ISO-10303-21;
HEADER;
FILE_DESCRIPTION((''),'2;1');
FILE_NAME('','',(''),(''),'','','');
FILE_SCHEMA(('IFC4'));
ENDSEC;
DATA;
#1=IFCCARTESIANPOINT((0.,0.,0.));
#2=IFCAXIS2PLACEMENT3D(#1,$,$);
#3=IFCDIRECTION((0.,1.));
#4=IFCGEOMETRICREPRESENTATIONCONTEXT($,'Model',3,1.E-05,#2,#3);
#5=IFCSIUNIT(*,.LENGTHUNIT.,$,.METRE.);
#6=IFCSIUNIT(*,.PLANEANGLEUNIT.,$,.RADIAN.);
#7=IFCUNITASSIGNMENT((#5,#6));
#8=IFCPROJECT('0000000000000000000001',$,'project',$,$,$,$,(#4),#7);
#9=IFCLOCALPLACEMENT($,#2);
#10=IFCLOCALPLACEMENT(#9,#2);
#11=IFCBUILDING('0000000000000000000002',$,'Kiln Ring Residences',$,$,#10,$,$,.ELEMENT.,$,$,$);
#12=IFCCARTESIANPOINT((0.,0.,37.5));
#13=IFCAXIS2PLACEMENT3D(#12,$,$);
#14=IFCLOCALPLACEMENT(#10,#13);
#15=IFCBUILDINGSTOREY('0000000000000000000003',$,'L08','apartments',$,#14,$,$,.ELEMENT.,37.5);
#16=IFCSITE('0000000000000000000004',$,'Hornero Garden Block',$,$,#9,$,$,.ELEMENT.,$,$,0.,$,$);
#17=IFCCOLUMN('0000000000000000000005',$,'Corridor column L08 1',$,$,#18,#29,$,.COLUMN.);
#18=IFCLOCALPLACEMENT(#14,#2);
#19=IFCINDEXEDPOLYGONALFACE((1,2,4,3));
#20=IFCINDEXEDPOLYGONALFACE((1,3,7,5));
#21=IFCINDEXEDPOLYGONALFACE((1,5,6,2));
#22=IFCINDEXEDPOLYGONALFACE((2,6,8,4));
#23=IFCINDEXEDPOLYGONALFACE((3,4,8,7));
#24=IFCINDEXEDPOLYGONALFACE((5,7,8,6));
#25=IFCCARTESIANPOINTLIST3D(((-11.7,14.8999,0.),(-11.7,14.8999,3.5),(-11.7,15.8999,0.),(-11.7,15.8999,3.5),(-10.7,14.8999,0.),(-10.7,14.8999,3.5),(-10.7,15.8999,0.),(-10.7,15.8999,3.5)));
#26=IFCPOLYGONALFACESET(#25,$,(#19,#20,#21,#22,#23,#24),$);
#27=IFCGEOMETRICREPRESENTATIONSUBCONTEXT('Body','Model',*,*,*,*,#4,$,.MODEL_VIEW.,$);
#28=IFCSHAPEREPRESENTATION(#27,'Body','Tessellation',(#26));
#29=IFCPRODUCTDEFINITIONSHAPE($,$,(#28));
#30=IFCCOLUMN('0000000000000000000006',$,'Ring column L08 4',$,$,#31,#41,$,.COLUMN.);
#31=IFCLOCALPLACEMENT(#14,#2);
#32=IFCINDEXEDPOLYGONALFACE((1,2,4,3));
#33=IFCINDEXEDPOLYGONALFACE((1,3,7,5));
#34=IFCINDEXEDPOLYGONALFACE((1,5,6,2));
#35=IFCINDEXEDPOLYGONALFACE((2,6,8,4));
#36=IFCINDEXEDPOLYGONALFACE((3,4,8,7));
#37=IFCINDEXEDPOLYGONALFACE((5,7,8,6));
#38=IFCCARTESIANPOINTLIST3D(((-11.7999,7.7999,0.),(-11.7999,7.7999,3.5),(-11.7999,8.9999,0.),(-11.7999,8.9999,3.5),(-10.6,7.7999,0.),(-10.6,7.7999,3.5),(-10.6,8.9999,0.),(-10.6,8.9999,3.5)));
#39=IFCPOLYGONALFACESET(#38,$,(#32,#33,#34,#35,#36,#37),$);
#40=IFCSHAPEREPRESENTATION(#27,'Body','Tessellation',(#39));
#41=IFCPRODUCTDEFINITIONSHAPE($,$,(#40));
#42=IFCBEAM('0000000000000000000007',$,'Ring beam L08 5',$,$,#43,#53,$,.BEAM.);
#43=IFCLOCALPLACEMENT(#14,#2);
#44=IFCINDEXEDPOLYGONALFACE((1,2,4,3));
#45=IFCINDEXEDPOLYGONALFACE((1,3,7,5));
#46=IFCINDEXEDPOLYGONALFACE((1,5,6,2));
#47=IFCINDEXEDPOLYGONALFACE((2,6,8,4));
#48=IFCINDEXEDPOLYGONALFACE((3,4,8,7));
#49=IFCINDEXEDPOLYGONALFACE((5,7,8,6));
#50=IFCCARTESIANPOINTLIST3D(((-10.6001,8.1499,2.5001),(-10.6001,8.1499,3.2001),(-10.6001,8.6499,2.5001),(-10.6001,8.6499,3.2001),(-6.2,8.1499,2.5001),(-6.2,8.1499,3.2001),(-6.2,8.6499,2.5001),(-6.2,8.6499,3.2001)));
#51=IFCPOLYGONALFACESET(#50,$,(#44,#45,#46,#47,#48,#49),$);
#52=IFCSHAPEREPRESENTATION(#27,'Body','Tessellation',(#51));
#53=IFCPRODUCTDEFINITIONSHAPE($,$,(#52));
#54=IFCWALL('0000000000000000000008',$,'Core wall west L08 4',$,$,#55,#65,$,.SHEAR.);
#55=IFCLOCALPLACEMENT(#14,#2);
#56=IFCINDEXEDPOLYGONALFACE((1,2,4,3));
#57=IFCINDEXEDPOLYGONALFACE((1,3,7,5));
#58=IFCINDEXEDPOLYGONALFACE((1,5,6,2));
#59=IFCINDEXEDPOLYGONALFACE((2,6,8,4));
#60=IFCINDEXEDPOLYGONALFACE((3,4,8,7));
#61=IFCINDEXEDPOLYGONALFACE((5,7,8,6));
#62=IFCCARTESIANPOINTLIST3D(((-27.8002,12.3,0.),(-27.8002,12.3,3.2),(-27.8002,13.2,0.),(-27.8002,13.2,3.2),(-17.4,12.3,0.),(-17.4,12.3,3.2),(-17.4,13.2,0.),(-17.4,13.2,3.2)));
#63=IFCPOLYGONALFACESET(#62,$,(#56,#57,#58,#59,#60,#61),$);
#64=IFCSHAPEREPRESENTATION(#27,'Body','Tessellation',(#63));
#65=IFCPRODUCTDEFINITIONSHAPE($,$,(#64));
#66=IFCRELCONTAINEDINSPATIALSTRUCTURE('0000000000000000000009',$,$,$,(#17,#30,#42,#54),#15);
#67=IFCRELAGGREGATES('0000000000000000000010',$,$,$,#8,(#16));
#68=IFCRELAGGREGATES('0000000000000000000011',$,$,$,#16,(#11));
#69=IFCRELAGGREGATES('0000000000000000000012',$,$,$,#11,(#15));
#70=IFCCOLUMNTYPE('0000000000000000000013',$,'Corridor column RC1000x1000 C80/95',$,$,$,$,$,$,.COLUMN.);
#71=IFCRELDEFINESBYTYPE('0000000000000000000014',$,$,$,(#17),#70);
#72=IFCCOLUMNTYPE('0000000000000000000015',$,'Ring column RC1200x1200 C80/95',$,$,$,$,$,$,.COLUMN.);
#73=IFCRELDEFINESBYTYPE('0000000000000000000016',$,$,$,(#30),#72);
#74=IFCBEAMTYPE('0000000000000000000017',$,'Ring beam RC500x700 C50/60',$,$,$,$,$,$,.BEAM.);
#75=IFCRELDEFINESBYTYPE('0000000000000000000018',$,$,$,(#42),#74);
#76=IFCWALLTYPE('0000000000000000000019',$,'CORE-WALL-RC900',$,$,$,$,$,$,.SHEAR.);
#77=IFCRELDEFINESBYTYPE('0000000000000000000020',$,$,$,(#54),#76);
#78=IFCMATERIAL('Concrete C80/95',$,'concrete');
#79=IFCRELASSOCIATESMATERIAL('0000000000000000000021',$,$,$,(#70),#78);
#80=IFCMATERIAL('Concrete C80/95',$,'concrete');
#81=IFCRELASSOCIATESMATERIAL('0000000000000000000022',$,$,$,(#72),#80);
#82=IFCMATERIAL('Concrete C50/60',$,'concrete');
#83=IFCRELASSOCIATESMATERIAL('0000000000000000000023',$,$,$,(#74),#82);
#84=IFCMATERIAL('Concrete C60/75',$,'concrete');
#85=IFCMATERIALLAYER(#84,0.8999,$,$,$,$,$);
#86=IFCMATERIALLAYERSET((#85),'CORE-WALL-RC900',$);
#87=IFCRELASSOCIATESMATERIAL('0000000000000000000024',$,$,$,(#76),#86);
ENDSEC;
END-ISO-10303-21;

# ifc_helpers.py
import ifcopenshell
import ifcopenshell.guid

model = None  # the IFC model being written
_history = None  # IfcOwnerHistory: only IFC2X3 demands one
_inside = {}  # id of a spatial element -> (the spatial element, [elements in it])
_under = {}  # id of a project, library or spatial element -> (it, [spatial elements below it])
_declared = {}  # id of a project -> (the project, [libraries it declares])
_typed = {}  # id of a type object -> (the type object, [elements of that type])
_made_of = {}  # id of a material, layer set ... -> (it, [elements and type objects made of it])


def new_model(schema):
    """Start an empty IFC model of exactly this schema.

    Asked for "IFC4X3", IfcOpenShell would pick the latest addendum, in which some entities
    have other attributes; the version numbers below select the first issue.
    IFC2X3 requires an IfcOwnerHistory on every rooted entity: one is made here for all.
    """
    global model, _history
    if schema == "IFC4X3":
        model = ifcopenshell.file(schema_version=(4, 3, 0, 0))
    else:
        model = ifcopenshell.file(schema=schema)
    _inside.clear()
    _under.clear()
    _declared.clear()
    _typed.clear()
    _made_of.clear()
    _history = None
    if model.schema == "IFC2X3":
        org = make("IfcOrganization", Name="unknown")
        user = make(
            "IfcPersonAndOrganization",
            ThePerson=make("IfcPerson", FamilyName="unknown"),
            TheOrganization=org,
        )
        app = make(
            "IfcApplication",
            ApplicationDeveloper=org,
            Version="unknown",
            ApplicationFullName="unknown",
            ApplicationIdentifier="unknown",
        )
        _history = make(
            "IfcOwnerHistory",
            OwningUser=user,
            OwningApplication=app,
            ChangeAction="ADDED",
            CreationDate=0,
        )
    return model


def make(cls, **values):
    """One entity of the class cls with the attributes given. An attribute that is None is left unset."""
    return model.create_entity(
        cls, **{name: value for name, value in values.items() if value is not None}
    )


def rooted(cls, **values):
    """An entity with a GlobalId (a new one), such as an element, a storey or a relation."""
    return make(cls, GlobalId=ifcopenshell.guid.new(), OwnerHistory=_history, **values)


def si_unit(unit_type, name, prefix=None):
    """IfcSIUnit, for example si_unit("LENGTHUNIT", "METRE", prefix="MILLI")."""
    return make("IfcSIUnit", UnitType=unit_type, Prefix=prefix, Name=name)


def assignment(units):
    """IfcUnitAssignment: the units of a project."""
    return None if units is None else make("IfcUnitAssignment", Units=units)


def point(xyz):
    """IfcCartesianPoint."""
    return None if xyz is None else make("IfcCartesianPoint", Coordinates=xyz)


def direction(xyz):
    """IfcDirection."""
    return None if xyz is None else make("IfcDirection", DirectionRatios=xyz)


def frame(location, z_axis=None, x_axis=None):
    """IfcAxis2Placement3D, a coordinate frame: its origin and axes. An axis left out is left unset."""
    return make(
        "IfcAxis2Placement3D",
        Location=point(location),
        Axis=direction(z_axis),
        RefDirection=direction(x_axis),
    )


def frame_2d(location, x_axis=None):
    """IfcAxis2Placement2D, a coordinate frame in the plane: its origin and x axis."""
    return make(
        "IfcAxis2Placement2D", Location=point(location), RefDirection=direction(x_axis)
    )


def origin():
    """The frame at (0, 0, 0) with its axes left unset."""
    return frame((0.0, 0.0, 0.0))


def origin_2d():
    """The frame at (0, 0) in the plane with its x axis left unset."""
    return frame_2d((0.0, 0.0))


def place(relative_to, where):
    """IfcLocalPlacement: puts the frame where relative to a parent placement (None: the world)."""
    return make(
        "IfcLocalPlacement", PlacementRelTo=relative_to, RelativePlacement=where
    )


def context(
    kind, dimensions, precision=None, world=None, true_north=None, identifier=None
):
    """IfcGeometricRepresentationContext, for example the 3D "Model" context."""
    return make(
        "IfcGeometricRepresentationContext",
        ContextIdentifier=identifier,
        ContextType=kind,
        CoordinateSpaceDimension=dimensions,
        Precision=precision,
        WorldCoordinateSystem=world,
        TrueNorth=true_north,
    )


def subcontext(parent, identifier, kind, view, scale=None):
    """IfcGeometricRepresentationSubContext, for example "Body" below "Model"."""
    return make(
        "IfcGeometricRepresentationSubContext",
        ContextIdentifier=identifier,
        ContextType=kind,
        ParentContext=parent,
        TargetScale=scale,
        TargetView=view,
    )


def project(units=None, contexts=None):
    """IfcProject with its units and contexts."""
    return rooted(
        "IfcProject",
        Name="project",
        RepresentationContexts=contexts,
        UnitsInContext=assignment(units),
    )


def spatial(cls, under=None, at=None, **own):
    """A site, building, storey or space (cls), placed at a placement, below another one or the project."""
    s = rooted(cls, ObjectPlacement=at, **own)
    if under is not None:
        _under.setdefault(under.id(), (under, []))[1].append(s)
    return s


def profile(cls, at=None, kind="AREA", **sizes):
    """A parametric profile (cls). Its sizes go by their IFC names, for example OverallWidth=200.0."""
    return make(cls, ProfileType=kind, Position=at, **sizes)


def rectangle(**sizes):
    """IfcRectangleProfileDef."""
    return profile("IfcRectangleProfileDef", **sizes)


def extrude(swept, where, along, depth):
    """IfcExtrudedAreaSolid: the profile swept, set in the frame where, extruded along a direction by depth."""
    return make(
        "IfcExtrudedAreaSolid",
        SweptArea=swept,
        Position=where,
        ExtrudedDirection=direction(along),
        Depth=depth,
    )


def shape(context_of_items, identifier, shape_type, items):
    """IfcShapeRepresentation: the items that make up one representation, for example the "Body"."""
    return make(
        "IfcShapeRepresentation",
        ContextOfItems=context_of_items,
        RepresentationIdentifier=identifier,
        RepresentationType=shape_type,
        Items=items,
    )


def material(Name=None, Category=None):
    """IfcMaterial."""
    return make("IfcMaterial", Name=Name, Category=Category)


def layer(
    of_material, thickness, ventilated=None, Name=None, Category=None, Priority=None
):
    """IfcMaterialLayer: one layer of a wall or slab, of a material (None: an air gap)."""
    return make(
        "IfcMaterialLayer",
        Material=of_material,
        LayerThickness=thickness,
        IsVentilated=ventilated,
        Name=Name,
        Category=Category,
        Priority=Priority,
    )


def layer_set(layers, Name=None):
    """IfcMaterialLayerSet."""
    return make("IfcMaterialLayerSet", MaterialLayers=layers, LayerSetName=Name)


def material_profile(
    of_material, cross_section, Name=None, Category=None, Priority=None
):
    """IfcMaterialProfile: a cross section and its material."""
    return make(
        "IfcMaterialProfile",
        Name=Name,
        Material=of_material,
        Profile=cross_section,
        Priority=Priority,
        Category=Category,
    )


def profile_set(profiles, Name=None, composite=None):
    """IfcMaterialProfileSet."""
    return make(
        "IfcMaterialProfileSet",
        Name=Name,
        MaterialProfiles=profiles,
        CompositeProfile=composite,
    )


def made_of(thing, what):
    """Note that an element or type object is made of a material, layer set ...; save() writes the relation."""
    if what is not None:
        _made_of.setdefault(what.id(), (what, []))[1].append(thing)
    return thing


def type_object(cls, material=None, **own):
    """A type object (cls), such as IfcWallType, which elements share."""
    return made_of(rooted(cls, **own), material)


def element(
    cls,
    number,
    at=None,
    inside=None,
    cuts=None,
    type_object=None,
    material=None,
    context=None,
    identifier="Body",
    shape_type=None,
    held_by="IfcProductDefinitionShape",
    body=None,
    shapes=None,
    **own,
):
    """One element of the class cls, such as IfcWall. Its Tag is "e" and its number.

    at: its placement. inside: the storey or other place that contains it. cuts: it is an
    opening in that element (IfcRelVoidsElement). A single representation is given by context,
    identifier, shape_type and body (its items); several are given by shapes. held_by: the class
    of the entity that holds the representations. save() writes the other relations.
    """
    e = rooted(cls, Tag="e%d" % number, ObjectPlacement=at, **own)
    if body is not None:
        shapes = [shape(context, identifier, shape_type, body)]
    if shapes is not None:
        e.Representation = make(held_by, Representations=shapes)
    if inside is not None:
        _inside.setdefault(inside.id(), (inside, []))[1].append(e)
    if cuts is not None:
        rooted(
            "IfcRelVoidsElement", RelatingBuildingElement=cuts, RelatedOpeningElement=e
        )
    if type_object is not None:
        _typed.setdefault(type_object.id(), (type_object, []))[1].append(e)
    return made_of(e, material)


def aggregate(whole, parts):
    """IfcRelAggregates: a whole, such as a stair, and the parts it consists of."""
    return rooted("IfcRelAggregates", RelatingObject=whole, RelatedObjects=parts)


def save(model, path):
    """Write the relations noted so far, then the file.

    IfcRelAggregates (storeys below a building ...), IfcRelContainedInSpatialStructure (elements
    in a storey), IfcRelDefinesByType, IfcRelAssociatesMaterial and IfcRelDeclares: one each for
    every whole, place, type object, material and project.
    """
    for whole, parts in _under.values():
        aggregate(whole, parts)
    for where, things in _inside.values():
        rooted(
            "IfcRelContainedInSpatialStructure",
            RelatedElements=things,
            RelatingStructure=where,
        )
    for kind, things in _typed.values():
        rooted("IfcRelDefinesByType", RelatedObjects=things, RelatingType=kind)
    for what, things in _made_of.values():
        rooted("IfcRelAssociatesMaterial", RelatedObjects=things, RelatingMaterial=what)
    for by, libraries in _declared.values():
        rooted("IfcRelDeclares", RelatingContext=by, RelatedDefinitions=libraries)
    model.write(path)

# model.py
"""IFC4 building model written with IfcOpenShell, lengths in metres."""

from ifc_helpers import new_model, si_unit, direction, frame, frame_2d, origin, origin_2d, place, context, subcontext, project, spatial, rectangle, extrude, material, layer, layer_set, material_profile, profile_set, type_object, element, save


model = new_model("IFC4")

# Units and contexts
model_context = context("Model", 3, precision=1e-05, world=origin(), true_north=direction((0.0, 1.0)))
body_context = subcontext(model_context, "Body", "Model", "MODEL_VIEW")
ifc_project = project(units=[si_unit("LENGTHUNIT", "METRE"), si_unit("PLANEANGLEUNIT", "RADIAN")], contexts=[model_context])

# Site, building, storey
site_placement = place(None, origin())
site = spatial("IfcSite", under=ifc_project, at=site_placement, Name="Hornero Garden Block", CompositionType="ELEMENT", RefElevation=0.0)
building_placement = place(site_placement, origin())
building = spatial("IfcBuilding", under=site, at=building_placement, Name="Kiln Ring Residences", CompositionType="ELEMENT")
storey_placement = place(building_placement, frame((0.0, 0.0, 37.5)))
storey = spatial("IfcBuildingStorey", under=building, at=storey_placement, Name="L08", Description="apartments", CompositionType="ELEMENT", Elevation=37.5)

# Columns
ifc_material_1 = material(Name="Concrete C80/95", Category="concrete")
ifc_material_profile_1 = material_profile(ifc_material_1, rectangle(XDim=1.0, YDim=1.0, at=origin_2d()), Name="RC1000x1000")
ifc_profile_set_1 = profile_set([ifc_material_profile_1], Name="Concrete C80/95")
column_type_1 = type_object("IfcColumnType", Name="Corridor column RC1000x1000 C80/95", PredefinedType="COLUMN", material=ifc_profile_set_1)
column_1_placement = place(storey_placement, frame((-11.2, 15.3999, 0.0), z_axis=(0.0, 0.0, 1.0), x_axis=(1.0, 0.0, 0.0)))
element("IfcColumn", 1, at=column_1_placement, inside=storey, type_object=column_type_1, Name="Corridor column L08 1", PredefinedType="COLUMN", context=body_context, shape_type="SweptSolid", body=[
    extrude(rectangle(XDim=1.0, YDim=1.0, at=origin_2d()), origin(), (0.0, 0.0, 1.0), 3.5),
])
ifc_material_2 = material(Name="Concrete C80/95", Category="concrete")
ifc_material_profile_2 = material_profile(ifc_material_2, rectangle(XDim=1.2, YDim=1.2, at=origin_2d()), Name="RC1200x1200")
ifc_profile_set_2 = profile_set([ifc_material_profile_2], Name="Concrete C80/95")
column_type_2 = type_object("IfcColumnType", Name="Ring column RC1200x1200 C80/95", PredefinedType="COLUMN", material=ifc_profile_set_2)
column_2_placement = place(storey_placement, frame((-11.2, 8.3999, 0.0), z_axis=(0.0, 0.0, 1.0), x_axis=(1.0, 0.0, 0.0)))
element("IfcColumn", 2, at=column_2_placement, inside=storey, type_object=column_type_2, Name="Ring column L08 4", PredefinedType="COLUMN", context=body_context, shape_type="SweptSolid", body=[
    extrude(rectangle(XDim=1.2, YDim=1.2, at=origin_2d()), origin(), (0.0, 0.0, 1.0), 3.5),
])

# Beam
ifc_material_3 = material(Name="Concrete C50/60", Category="concrete")
ifc_material_profile_3 = material_profile(ifc_material_3, rectangle(XDim=0.5, YDim=0.7, at=origin_2d()), Name="RC500x700")
ifc_profile_set_3 = profile_set([ifc_material_profile_3], Name="Concrete C50/60")
beam_type = type_object("IfcBeamType", Name="Ring beam RC500x700 C50/60", PredefinedType="BEAM", material=ifc_profile_set_3)
beam_placement = place(storey_placement, frame((-10.6001, 8.3999, 2.8501), z_axis=(1.0, 0.0, 0.0), x_axis=(0.0, 1.0, 0.0)))
element("IfcBeam", 3, at=beam_placement, inside=storey, type_object=beam_type, Name="Ring beam L08 5", PredefinedType="BEAM", context=body_context, shape_type="SweptSolid", body=[
    extrude(rectangle(XDim=0.5, YDim=0.7, at=origin_2d()), origin(), (0.0, 0.0, 1.0), 4.4001),
])

# Wall
ifc_material_4 = material(Name="Concrete C60/75", Category="concrete")
ifc_layer_1 = layer(ifc_material_4, 0.8999)
ifc_layer_set_1 = layer_set([ifc_layer_1], Name="CORE-WALL-RC900")
wall_type_1 = type_object("IfcWallType", Name="CORE-WALL-RC900", PredefinedType="SHEAR", material=ifc_layer_set_1)
wall_1_placement = place(storey_placement, frame((-17.3999, 12.75, 0.0), z_axis=(0.0, 0.0, 1.0), x_axis=(-1.0, 0.0, 0.0)))
element("IfcWall", 4, at=wall_1_placement, inside=storey, type_object=wall_type_1, Name="Core wall west L08 4", PredefinedType="SHEAR", context=body_context, shape_type="SweptSolid", body=[
    extrude(rectangle(XDim=10.4001, YDim=0.8999, at=frame_2d((5.2002, 0.0))), origin(), (0.0, 0.0, 1.0), 3.2),
])

save(model, "model.ifc")
